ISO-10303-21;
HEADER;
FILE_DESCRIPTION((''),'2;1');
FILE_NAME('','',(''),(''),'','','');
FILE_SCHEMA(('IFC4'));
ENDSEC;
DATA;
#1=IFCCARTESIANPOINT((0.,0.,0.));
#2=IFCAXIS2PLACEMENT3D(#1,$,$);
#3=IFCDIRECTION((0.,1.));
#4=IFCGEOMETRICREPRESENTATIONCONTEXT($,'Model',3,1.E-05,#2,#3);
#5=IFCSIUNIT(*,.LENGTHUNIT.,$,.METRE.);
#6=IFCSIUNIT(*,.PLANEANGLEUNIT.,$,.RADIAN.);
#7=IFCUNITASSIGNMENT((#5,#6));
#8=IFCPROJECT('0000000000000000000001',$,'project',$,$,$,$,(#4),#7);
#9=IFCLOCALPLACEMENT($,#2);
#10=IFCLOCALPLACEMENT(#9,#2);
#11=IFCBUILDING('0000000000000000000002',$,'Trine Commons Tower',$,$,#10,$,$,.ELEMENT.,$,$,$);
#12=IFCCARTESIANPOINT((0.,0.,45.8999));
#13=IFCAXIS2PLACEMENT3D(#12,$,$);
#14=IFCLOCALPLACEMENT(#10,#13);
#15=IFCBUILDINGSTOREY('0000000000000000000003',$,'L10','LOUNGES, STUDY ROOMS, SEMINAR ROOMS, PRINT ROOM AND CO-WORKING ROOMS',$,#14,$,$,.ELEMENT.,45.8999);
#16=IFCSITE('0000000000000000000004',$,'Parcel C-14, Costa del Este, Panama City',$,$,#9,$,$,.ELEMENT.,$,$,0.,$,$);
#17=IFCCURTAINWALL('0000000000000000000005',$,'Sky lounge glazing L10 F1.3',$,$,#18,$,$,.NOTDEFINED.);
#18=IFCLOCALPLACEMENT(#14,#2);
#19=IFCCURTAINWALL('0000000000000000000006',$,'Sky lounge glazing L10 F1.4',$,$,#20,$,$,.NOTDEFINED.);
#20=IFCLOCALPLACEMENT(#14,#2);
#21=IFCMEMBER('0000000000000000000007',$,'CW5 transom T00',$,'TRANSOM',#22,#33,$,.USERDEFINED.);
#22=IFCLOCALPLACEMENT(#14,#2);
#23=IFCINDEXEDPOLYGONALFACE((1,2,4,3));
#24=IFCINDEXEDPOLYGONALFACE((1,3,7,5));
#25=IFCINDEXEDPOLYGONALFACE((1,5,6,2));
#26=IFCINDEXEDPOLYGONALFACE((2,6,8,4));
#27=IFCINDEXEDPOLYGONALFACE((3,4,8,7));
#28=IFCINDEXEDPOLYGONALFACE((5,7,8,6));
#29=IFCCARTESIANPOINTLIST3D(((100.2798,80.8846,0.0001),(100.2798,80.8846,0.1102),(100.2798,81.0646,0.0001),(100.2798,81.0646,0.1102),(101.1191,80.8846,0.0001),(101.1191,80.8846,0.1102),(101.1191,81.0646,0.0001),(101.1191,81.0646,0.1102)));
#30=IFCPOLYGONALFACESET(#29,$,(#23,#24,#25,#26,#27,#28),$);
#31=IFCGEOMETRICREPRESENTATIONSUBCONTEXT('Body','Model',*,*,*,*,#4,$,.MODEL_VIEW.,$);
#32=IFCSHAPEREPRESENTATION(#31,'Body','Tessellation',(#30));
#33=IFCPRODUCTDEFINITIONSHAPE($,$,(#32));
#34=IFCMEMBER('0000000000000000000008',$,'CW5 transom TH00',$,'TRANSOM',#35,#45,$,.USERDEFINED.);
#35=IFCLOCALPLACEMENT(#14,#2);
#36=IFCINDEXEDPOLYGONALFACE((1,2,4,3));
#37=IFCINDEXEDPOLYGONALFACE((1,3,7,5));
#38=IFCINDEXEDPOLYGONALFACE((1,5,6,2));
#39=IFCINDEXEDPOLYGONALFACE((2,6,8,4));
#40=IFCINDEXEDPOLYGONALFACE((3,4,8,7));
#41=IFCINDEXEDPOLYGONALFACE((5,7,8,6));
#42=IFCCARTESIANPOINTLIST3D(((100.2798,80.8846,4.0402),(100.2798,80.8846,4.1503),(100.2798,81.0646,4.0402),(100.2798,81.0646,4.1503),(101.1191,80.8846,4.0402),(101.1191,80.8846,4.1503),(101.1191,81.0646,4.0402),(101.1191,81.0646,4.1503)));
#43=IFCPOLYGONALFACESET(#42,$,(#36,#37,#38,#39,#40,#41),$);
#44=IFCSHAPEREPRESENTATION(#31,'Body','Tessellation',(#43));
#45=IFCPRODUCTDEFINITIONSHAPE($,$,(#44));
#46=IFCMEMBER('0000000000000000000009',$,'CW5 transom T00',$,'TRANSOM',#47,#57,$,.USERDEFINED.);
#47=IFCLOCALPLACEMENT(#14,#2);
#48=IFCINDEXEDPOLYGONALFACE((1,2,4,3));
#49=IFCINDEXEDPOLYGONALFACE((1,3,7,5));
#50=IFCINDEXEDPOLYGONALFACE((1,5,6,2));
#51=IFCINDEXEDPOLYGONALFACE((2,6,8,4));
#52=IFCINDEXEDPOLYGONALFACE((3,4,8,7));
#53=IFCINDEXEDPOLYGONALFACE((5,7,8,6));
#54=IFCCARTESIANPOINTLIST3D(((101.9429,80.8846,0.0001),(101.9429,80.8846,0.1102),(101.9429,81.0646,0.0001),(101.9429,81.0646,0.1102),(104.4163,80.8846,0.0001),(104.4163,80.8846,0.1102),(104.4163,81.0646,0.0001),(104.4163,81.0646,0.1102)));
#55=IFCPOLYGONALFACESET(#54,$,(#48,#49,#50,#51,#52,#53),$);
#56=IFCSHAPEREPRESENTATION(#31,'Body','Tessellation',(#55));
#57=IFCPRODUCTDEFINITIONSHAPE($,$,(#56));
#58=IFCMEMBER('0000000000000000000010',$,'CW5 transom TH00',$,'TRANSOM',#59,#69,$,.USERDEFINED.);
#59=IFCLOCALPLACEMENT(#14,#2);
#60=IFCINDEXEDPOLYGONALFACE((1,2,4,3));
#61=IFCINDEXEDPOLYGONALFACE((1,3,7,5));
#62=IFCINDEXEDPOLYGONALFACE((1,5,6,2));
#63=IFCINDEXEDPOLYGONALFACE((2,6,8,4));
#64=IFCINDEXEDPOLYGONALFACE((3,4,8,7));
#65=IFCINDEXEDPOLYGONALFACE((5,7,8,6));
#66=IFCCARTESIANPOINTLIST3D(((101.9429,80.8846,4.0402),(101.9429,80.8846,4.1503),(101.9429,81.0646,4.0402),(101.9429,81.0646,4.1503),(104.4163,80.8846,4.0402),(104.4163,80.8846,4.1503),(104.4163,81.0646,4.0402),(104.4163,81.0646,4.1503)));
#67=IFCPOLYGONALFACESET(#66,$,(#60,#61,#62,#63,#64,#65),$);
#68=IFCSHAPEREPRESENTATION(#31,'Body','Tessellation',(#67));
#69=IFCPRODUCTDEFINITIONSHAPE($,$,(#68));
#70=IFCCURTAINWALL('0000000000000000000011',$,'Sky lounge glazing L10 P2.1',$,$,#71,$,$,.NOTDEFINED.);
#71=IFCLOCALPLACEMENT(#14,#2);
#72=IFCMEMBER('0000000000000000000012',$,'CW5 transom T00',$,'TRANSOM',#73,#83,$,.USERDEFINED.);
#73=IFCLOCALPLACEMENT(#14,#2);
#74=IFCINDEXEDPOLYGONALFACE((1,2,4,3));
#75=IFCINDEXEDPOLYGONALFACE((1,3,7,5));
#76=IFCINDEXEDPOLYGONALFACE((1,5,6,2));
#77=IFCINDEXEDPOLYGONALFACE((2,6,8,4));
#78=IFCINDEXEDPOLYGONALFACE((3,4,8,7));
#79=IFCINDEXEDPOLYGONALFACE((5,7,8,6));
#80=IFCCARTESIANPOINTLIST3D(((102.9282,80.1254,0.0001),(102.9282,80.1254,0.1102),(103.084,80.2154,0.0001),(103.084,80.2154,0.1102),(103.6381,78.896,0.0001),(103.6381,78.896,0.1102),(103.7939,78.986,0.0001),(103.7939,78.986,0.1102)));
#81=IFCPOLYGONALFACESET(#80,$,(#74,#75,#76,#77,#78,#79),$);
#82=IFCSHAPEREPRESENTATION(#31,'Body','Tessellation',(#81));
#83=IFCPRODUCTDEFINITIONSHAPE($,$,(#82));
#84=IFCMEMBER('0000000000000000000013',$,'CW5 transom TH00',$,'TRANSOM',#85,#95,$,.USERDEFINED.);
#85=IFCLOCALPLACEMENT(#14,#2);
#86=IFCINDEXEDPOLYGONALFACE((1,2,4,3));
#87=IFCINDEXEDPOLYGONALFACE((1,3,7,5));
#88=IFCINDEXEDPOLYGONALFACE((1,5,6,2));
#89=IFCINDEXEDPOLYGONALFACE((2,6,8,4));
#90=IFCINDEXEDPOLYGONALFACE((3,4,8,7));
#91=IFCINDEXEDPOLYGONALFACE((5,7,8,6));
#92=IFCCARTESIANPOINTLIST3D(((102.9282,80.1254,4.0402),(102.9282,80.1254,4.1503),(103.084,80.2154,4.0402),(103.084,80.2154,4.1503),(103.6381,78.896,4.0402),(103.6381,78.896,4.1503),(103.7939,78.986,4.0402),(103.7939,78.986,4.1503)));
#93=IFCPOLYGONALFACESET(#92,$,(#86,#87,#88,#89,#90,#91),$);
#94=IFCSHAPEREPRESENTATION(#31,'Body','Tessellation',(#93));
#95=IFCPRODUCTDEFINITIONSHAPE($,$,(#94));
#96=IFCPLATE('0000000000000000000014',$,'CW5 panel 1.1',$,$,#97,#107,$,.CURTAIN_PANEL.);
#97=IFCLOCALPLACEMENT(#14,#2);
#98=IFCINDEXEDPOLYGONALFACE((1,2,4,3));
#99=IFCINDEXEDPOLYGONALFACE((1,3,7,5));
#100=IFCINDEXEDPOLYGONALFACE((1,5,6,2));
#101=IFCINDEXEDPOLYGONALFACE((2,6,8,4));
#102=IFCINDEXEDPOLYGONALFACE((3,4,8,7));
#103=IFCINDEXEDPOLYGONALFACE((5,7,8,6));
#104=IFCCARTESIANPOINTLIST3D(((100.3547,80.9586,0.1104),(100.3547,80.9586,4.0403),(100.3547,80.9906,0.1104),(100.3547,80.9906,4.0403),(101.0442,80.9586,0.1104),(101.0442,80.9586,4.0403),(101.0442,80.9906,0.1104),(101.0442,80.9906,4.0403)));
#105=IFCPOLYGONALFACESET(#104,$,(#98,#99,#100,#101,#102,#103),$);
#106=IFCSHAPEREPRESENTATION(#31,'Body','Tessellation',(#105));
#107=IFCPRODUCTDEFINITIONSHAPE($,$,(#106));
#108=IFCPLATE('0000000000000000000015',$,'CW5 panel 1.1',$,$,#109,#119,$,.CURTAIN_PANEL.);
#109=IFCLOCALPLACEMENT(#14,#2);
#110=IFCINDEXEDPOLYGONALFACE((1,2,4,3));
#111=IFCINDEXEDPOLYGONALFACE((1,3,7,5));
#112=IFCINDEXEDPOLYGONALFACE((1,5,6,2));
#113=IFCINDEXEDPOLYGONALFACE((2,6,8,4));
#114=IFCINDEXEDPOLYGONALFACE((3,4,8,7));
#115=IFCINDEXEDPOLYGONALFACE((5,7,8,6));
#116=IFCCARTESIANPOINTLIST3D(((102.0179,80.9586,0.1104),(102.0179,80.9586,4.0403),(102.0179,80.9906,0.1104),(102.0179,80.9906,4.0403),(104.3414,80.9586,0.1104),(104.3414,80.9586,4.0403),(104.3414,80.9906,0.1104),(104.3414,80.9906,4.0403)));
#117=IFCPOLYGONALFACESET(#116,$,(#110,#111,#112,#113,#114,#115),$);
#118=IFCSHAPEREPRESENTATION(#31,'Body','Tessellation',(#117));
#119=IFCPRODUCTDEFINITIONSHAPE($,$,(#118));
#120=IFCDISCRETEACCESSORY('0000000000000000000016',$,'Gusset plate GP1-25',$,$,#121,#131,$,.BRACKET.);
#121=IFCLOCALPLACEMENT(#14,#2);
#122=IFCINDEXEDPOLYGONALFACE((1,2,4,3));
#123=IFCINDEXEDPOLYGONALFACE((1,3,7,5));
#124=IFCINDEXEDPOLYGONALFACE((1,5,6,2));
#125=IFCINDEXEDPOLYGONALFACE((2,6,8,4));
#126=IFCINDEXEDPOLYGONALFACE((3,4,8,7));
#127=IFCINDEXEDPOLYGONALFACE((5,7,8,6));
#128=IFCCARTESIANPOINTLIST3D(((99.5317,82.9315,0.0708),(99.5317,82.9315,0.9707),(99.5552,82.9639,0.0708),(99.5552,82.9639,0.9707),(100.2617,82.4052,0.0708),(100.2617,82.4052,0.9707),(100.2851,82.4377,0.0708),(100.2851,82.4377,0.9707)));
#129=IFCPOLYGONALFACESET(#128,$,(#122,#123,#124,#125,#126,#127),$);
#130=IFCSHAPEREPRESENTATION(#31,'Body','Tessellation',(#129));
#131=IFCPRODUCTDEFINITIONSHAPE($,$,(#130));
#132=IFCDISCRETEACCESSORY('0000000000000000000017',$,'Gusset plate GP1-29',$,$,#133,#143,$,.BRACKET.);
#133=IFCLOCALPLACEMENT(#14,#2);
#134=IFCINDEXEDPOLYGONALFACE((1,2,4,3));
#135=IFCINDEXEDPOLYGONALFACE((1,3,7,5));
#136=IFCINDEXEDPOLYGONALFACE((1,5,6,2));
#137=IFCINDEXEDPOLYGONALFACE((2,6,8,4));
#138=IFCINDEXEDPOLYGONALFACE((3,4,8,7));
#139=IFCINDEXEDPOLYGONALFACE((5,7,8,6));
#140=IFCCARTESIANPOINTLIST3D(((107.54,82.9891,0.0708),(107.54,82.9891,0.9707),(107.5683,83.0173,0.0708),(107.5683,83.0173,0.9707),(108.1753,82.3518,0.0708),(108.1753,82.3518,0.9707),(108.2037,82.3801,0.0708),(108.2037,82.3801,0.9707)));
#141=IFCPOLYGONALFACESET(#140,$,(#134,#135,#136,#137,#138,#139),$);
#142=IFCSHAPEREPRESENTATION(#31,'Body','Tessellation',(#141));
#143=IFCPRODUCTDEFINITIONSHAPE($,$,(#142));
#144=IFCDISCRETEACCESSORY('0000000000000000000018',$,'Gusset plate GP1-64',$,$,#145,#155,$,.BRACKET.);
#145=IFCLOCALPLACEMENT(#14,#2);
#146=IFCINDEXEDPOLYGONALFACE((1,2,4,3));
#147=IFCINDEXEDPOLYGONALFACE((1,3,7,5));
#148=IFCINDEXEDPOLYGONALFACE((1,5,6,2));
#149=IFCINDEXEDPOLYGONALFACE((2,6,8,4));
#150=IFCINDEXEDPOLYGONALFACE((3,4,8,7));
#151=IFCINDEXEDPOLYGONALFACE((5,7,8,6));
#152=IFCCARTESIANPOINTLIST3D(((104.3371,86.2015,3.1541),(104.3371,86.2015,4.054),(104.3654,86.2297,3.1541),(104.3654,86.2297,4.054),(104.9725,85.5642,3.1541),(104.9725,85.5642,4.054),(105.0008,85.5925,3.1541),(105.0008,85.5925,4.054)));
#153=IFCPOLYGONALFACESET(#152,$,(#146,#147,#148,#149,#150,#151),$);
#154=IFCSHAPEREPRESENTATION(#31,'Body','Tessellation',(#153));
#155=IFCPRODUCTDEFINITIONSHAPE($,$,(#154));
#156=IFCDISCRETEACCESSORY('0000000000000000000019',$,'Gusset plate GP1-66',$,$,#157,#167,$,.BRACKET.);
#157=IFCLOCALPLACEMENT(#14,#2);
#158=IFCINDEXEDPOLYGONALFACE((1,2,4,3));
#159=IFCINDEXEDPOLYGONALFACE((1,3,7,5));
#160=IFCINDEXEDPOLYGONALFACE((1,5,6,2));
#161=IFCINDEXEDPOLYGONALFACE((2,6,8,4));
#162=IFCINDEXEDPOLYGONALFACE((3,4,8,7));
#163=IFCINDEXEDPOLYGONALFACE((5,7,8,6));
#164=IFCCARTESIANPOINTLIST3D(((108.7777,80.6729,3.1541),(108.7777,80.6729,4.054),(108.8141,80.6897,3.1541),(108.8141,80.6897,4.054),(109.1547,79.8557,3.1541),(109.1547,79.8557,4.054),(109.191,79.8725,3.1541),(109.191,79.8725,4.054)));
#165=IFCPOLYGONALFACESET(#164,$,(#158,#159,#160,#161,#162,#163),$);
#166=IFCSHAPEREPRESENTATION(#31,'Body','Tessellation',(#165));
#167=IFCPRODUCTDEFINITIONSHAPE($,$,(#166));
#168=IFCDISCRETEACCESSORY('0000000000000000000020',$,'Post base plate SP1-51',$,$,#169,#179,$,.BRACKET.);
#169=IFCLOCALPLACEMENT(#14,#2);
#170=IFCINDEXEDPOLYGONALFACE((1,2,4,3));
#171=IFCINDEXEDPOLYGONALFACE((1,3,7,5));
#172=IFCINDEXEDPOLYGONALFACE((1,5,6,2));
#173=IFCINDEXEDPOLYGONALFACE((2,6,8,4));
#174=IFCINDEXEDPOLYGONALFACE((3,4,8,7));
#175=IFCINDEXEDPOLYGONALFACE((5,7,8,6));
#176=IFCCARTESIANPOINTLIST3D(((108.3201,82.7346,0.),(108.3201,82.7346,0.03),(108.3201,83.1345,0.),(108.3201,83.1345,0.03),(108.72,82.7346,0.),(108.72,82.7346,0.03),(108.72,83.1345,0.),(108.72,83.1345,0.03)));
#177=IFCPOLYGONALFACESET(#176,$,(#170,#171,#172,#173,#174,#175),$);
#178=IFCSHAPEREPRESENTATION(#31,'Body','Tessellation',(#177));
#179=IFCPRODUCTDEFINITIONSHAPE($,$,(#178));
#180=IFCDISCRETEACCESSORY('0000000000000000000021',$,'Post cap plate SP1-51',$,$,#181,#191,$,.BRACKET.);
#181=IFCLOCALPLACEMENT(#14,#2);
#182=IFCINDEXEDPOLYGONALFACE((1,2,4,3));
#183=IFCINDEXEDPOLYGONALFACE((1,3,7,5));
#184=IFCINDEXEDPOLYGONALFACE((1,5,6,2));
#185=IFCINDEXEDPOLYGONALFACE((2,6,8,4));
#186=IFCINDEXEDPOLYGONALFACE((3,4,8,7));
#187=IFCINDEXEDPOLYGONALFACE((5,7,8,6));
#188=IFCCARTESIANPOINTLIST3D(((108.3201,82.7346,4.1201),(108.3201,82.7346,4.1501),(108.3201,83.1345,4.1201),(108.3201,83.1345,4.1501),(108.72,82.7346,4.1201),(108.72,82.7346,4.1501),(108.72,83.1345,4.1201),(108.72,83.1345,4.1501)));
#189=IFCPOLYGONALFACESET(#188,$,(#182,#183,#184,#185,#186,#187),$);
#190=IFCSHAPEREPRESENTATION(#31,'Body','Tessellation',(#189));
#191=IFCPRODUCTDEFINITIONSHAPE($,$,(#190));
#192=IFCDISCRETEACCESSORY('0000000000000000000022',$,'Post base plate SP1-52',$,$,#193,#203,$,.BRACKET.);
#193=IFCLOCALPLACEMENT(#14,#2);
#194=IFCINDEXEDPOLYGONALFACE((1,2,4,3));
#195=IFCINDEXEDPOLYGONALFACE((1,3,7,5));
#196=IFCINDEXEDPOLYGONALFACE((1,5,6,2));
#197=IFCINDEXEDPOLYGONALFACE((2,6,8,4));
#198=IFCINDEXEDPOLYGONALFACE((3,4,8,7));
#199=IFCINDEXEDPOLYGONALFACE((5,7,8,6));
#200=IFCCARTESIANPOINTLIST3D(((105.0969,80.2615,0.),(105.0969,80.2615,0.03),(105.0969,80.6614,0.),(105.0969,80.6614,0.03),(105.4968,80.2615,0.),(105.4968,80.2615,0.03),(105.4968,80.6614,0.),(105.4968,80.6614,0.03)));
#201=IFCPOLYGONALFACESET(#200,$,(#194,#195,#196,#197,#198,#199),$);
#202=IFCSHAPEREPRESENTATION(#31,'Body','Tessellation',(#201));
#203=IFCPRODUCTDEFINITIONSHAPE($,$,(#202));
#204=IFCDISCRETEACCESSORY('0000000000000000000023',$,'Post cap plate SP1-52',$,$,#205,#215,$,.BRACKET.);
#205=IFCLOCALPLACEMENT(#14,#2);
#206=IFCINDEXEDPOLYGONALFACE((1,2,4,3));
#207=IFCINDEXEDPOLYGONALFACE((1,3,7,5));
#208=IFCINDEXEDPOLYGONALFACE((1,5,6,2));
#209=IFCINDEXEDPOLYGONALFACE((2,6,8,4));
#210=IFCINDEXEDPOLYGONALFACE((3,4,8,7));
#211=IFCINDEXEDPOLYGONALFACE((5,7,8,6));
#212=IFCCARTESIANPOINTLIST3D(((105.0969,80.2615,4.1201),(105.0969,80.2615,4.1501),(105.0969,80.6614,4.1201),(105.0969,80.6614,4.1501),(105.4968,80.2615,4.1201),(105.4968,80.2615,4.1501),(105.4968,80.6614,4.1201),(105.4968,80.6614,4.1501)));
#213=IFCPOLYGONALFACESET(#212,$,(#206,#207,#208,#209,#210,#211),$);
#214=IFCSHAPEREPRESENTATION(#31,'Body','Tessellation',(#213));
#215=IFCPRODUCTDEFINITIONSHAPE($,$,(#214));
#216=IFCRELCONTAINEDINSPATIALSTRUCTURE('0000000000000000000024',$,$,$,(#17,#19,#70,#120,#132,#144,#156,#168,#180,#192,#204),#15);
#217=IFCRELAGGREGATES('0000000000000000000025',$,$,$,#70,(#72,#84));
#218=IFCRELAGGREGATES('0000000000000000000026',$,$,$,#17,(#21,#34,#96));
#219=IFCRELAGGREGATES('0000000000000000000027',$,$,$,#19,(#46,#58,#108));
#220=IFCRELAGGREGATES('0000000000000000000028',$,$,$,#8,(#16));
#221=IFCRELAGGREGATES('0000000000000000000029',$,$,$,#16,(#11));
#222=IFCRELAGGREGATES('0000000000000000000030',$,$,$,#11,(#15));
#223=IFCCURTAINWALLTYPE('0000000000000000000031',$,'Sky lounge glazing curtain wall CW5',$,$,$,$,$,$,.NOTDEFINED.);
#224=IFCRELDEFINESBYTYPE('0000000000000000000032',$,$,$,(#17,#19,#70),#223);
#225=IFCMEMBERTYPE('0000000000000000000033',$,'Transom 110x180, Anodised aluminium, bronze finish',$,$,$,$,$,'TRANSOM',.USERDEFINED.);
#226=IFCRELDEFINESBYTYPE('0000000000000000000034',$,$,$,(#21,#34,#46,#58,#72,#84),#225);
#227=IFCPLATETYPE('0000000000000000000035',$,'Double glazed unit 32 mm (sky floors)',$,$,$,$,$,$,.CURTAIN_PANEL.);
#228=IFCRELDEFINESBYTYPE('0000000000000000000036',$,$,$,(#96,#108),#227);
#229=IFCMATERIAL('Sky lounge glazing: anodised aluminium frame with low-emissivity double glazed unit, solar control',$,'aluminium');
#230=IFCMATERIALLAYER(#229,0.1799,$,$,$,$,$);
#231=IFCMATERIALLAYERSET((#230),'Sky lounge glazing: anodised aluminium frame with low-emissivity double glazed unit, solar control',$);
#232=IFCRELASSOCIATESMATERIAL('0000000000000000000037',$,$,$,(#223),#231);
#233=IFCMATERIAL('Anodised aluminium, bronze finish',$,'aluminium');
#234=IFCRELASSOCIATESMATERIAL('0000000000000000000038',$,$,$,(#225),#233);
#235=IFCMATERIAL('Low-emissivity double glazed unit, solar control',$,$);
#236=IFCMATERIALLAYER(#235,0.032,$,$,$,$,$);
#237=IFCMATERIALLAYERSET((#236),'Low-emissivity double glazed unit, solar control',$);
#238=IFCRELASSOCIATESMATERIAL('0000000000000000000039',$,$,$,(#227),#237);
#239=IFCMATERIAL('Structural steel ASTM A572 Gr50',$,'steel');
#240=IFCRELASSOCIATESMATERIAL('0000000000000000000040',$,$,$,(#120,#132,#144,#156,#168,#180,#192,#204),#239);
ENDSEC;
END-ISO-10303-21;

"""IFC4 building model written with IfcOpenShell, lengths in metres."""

from ifc_helpers import new_model, si_unit, direction, frame, origin, origin_2d, place, context, subcontext, project, spatial, rectangle, extrude, material, layer, layer_set, material_profile, profile_set, type_object, element, aggregate, save


model = new_model("IFC4")

# Units and contexts
model_context = context("Model", 3, precision=1e-05, world=origin(), true_north=direction((0.0, 1.0)))
body_context = subcontext(model_context, "Body", "Model", "MODEL_VIEW")
ifc_project = project(units=[si_unit("LENGTHUNIT", "METRE"), si_unit("PLANEANGLEUNIT", "RADIAN")], contexts=[model_context])

# Site, building, storey
site_placement = place(None, origin())
site = spatial("IfcSite", under=ifc_project, at=site_placement, Name="Parcel C-14, Costa del Este, Panama City", CompositionType="ELEMENT", RefElevation=0.0)
building_placement = place(site_placement, origin())
building = spatial("IfcBuilding", under=site, at=building_placement, Name="Trine Commons Tower", CompositionType="ELEMENT")
storey_placement = place(building_placement, frame((0.0, 0.0, 45.8999)))
storey = spatial("IfcBuildingStorey", under=building, at=storey_placement, Name="L10", Description="LOUNGES, STUDY ROOMS, SEMINAR ROOMS, PRINT ROOM AND CO-WORKING ROOMS", CompositionType="ELEMENT", Elevation=45.8999)

# Shared definitions
ifc_material_1 = material(Name="Sky lounge glazing: anodised aluminium frame with low-emissivity double glazed unit, solar control", Category="aluminium")
ifc_layer_1 = layer(ifc_material_1, 0.1799)
ifc_layer_set_1 = layer_set([ifc_layer_1], Name="Sky lounge glazing: anodised aluminium frame with low-emissivity double glazed unit, solar control")
curtain_wall_type = type_object("IfcCurtainWallType", Name="Sky lounge glazing curtain wall CW5", PredefinedType="NOTDEFINED", material=ifc_layer_set_1)
ifc_material_2 = material(Name="Anodised aluminium, bronze finish", Category="aluminium")

# Curtain walls
curtain_wall_1_placement = place(storey_placement, origin())
curtain_wall_1 = element("IfcCurtainWall", 1, at=curtain_wall_1_placement, inside=storey, type_object=curtain_wall_type, Name="Sky lounge glazing L10 F1.3", PredefinedType="NOTDEFINED")
curtain_wall_2_placement = place(storey_placement, origin())
curtain_wall_2 = element("IfcCurtainWall", 2, at=curtain_wall_2_placement, inside=storey, type_object=curtain_wall_type, Name="Sky lounge glazing L10 F1.4", PredefinedType="NOTDEFINED")

# Members
ifc_material_profile_1 = material_profile(ifc_material_2, rectangle(XDim=0.1799, YDim=0.1101, at=origin_2d()), Name="Transom 110x180")
ifc_profile_set_1 = profile_set([ifc_material_profile_1], Name="Anodised aluminium, bronze finish")
member_type_1 = type_object("IfcMemberType", Name="Transom 110x180, Anodised aluminium, bronze finish", ElementType="TRANSOM", PredefinedType="USERDEFINED", material=ifc_profile_set_1)
member_1_placement = place(storey_placement, frame((100.2798, 80.9746, 0.0552), z_axis=(1.0, 0.0, 0.0), x_axis=(0.0, 1.0, 0.0)))
member_1 = element("IfcMember", 3, at=member_1_placement, type_object=member_type_1, Name="CW5 transom T00", ObjectType="TRANSOM", PredefinedType="USERDEFINED", context=body_context, shape_type="SweptSolid", body=[
    extrude(rectangle(XDim=0.1799, YDim=0.1101, at=origin_2d()), origin(), (0.0, 0.0, 1.0), 0.8394),
])
member_2_placement = place(storey_placement, frame((100.2798, 80.9746, 4.0952), z_axis=(1.0, 0.0, 0.0), x_axis=(0.0, 1.0, 0.0)))
member_2 = element("IfcMember", 4, at=member_2_placement, type_object=member_type_1, Name="CW5 transom TH00", ObjectType="TRANSOM", PredefinedType="USERDEFINED", context=body_context, shape_type="SweptSolid", body=[
    extrude(rectangle(XDim=0.1799, YDim=0.1101, at=origin_2d()), origin(), (0.0, 0.0, 1.0), 0.8394),
])
member_3_placement = place(storey_placement, frame((101.9429, 80.9746, 0.0552), z_axis=(1.0, 0.0, 0.0), x_axis=(0.0, 1.0, 0.0)))
member_3 = element("IfcMember", 5, at=member_3_placement, type_object=member_type_1, Name="CW5 transom T00", ObjectType="TRANSOM", PredefinedType="USERDEFINED", context=body_context, shape_type="SweptSolid", body=[
    extrude(rectangle(XDim=0.1799, YDim=0.1101, at=origin_2d()), origin(), (0.0, 0.0, 1.0), 2.4734),
])
member_4_placement = place(storey_placement, frame((101.9429, 80.9746, 4.0952), z_axis=(1.0, 0.0, 0.0), x_axis=(0.0, 1.0, 0.0)))
member_4 = element("IfcMember", 6, at=member_4_placement, type_object=member_type_1, Name="CW5 transom TH00", ObjectType="TRANSOM", PredefinedType="USERDEFINED", context=body_context, shape_type="SweptSolid", body=[
    extrude(rectangle(XDim=0.1799, YDim=0.1101, at=origin_2d()), origin(), (0.0, 0.0, 1.0), 2.4734),
])

# Curtain wall, members
curtain_wall_3_placement = place(storey_placement, origin())
curtain_wall_3 = element("IfcCurtainWall", 7, at=curtain_wall_3_placement, inside=storey, type_object=curtain_wall_type, Name="Sky lounge glazing L10 P2.1", PredefinedType="NOTDEFINED")
member_5_placement = place(storey_placement, frame((103.0061, 80.1704, 0.0552), z_axis=(0.50006, -0.865991, 0.0), x_axis=(0.865991, 0.50006, 0.0)))
member_5 = element("IfcMember", 8, at=member_5_placement, type_object=member_type_1, Name="CW5 transom T00", ObjectType="TRANSOM", PredefinedType="USERDEFINED", context=body_context, shape_type="SweptSolid", body=[
    extrude(rectangle(XDim=0.1799, YDim=0.1101, at=origin_2d()), origin(), (0.0, 0.0, 1.0), 1.4197),
])
member_6_placement = place(storey_placement, frame((103.0061, 80.1704, 4.0952), z_axis=(0.50006, -0.865991, 0.0), x_axis=(0.865991, 0.50006, 0.0)))
member_6 = element("IfcMember", 9, at=member_6_placement, type_object=member_type_1, Name="CW5 transom TH00", ObjectType="TRANSOM", PredefinedType="USERDEFINED", context=body_context, shape_type="SweptSolid", body=[
    extrude(rectangle(XDim=0.1799, YDim=0.1101, at=origin_2d()), origin(), (0.0, 0.0, 1.0), 1.4197),
])
aggregate(curtain_wall_3, [member_5, member_6])

# Plates
ifc_material_3 = material(Name="Low-emissivity double glazed unit, solar control")
ifc_layer_2 = layer(ifc_material_3, 0.032)
ifc_layer_set_2 = layer_set([ifc_layer_2], Name="Low-emissivity double glazed unit, solar control")
plate_type = type_object("IfcPlateType", Name="Double glazed unit 32 mm (sky floors)", PredefinedType="CURTAIN_PANEL", material=ifc_layer_set_2)
plate_1_placement = place(storey_placement, frame((100.6995, 80.9746, 0.1104), z_axis=(0.0, 0.0, 1.0), x_axis=(1.0, 0.0, 0.0)))
plate_1 = element("IfcPlate", 10, at=plate_1_placement, type_object=plate_type, Name="CW5 panel 1.1", PredefinedType="CURTAIN_PANEL", context=body_context, shape_type="SweptSolid", body=[
    extrude(rectangle(XDim=0.6895, YDim=0.032, at=origin_2d()), origin(), (0.0, 0.0, 1.0), 3.9299),
])
aggregate(curtain_wall_1, [member_1, member_2, plate_1])
plate_2_placement = place(storey_placement, frame((103.1797, 80.9746, 0.1104), z_axis=(0.0, 0.0, 1.0), x_axis=(1.0, 0.0, 0.0)))
plate_2 = element("IfcPlate", 11, at=plate_2_placement, type_object=plate_type, Name="CW5 panel 1.1", PredefinedType="CURTAIN_PANEL", context=body_context, shape_type="SweptSolid", body=[
    extrude(rectangle(XDim=2.3235, YDim=0.032, at=origin_2d()), origin(), (0.0, 0.0, 1.0), 3.9299),
])
aggregate(curtain_wall_2, [member_3, member_4, plate_2])

# Discrete accessories
ifc_material_4 = material(Name="Structural steel ASTM A572 Gr50", Category="steel")
for number, where, z_axis, x_axis, name in (
    (12, (99.9084, 82.6846, 0.0708), (0.0, 0.0, 1.0), (-0.811186, 0.584788, 0.0), "Gusset plate GP1-25"),
    (13, (107.8718, 82.6846, 0.0708), (0.0, 0.0, 1.0), (-0.706069, 0.708143, 0.0), "Gusset plate GP1-29"),
    (14, (104.6689, 85.897, 3.1541), (0.0, 0.0, 1.0), (-0.706069, 0.708143, 0.0), "Gusset plate GP1-64"),
    (15, (108.9844, 80.2727, 3.1541), (0.0, 0.0, 1.0), (0.418897, -0.908034, 0.0), "Gusset plate GP1-66"),
):
    element("IfcDiscreteAccessory", number, at=place(storey_placement, frame(where, z_axis=z_axis, x_axis=x_axis)), inside=storey, material=ifc_material_4, Name=name, PredefinedType="BRACKET", context=body_context, shape_type="SweptSolid", body=[
        extrude(rectangle(XDim=0.8999, YDim=0.04, at=origin_2d()), origin(), (0.0, 0.0, 1.0), 0.8999),
    ])
for number, where, z_axis, x_axis, name in (
    (16, (108.52, 82.9346, 0.0), (0.0, 0.0, 1.0), (1.0, 0.0, 0.0), "Post base plate SP1-51"),
    (17, (108.52, 82.9346, 4.1201), (0.0, 0.0, 1.0), (1.0, 0.0, 0.0), "Post cap plate SP1-51"),
    (18, (105.2969, 80.4614, 0.0), (0.0, 0.0, 1.0), (1.0, 0.0, 0.0), "Post base plate SP1-52"),
    (19, (105.2969, 80.4614, 4.1201), (0.0, 0.0, 1.0), (1.0, 0.0, 0.0), "Post cap plate SP1-52"),
):
    element("IfcDiscreteAccessory", number, at=place(storey_placement, frame(where, z_axis=z_axis, x_axis=x_axis)), inside=storey, material=ifc_material_4, Name=name, PredefinedType="BRACKET", context=body_context, shape_type="SweptSolid", body=[
        extrude(rectangle(XDim=0.3999, YDim=0.3999, at=origin_2d()), origin(), (0.0, 0.0, 1.0), 0.03),
    ])

save(model, "model.ifc")
